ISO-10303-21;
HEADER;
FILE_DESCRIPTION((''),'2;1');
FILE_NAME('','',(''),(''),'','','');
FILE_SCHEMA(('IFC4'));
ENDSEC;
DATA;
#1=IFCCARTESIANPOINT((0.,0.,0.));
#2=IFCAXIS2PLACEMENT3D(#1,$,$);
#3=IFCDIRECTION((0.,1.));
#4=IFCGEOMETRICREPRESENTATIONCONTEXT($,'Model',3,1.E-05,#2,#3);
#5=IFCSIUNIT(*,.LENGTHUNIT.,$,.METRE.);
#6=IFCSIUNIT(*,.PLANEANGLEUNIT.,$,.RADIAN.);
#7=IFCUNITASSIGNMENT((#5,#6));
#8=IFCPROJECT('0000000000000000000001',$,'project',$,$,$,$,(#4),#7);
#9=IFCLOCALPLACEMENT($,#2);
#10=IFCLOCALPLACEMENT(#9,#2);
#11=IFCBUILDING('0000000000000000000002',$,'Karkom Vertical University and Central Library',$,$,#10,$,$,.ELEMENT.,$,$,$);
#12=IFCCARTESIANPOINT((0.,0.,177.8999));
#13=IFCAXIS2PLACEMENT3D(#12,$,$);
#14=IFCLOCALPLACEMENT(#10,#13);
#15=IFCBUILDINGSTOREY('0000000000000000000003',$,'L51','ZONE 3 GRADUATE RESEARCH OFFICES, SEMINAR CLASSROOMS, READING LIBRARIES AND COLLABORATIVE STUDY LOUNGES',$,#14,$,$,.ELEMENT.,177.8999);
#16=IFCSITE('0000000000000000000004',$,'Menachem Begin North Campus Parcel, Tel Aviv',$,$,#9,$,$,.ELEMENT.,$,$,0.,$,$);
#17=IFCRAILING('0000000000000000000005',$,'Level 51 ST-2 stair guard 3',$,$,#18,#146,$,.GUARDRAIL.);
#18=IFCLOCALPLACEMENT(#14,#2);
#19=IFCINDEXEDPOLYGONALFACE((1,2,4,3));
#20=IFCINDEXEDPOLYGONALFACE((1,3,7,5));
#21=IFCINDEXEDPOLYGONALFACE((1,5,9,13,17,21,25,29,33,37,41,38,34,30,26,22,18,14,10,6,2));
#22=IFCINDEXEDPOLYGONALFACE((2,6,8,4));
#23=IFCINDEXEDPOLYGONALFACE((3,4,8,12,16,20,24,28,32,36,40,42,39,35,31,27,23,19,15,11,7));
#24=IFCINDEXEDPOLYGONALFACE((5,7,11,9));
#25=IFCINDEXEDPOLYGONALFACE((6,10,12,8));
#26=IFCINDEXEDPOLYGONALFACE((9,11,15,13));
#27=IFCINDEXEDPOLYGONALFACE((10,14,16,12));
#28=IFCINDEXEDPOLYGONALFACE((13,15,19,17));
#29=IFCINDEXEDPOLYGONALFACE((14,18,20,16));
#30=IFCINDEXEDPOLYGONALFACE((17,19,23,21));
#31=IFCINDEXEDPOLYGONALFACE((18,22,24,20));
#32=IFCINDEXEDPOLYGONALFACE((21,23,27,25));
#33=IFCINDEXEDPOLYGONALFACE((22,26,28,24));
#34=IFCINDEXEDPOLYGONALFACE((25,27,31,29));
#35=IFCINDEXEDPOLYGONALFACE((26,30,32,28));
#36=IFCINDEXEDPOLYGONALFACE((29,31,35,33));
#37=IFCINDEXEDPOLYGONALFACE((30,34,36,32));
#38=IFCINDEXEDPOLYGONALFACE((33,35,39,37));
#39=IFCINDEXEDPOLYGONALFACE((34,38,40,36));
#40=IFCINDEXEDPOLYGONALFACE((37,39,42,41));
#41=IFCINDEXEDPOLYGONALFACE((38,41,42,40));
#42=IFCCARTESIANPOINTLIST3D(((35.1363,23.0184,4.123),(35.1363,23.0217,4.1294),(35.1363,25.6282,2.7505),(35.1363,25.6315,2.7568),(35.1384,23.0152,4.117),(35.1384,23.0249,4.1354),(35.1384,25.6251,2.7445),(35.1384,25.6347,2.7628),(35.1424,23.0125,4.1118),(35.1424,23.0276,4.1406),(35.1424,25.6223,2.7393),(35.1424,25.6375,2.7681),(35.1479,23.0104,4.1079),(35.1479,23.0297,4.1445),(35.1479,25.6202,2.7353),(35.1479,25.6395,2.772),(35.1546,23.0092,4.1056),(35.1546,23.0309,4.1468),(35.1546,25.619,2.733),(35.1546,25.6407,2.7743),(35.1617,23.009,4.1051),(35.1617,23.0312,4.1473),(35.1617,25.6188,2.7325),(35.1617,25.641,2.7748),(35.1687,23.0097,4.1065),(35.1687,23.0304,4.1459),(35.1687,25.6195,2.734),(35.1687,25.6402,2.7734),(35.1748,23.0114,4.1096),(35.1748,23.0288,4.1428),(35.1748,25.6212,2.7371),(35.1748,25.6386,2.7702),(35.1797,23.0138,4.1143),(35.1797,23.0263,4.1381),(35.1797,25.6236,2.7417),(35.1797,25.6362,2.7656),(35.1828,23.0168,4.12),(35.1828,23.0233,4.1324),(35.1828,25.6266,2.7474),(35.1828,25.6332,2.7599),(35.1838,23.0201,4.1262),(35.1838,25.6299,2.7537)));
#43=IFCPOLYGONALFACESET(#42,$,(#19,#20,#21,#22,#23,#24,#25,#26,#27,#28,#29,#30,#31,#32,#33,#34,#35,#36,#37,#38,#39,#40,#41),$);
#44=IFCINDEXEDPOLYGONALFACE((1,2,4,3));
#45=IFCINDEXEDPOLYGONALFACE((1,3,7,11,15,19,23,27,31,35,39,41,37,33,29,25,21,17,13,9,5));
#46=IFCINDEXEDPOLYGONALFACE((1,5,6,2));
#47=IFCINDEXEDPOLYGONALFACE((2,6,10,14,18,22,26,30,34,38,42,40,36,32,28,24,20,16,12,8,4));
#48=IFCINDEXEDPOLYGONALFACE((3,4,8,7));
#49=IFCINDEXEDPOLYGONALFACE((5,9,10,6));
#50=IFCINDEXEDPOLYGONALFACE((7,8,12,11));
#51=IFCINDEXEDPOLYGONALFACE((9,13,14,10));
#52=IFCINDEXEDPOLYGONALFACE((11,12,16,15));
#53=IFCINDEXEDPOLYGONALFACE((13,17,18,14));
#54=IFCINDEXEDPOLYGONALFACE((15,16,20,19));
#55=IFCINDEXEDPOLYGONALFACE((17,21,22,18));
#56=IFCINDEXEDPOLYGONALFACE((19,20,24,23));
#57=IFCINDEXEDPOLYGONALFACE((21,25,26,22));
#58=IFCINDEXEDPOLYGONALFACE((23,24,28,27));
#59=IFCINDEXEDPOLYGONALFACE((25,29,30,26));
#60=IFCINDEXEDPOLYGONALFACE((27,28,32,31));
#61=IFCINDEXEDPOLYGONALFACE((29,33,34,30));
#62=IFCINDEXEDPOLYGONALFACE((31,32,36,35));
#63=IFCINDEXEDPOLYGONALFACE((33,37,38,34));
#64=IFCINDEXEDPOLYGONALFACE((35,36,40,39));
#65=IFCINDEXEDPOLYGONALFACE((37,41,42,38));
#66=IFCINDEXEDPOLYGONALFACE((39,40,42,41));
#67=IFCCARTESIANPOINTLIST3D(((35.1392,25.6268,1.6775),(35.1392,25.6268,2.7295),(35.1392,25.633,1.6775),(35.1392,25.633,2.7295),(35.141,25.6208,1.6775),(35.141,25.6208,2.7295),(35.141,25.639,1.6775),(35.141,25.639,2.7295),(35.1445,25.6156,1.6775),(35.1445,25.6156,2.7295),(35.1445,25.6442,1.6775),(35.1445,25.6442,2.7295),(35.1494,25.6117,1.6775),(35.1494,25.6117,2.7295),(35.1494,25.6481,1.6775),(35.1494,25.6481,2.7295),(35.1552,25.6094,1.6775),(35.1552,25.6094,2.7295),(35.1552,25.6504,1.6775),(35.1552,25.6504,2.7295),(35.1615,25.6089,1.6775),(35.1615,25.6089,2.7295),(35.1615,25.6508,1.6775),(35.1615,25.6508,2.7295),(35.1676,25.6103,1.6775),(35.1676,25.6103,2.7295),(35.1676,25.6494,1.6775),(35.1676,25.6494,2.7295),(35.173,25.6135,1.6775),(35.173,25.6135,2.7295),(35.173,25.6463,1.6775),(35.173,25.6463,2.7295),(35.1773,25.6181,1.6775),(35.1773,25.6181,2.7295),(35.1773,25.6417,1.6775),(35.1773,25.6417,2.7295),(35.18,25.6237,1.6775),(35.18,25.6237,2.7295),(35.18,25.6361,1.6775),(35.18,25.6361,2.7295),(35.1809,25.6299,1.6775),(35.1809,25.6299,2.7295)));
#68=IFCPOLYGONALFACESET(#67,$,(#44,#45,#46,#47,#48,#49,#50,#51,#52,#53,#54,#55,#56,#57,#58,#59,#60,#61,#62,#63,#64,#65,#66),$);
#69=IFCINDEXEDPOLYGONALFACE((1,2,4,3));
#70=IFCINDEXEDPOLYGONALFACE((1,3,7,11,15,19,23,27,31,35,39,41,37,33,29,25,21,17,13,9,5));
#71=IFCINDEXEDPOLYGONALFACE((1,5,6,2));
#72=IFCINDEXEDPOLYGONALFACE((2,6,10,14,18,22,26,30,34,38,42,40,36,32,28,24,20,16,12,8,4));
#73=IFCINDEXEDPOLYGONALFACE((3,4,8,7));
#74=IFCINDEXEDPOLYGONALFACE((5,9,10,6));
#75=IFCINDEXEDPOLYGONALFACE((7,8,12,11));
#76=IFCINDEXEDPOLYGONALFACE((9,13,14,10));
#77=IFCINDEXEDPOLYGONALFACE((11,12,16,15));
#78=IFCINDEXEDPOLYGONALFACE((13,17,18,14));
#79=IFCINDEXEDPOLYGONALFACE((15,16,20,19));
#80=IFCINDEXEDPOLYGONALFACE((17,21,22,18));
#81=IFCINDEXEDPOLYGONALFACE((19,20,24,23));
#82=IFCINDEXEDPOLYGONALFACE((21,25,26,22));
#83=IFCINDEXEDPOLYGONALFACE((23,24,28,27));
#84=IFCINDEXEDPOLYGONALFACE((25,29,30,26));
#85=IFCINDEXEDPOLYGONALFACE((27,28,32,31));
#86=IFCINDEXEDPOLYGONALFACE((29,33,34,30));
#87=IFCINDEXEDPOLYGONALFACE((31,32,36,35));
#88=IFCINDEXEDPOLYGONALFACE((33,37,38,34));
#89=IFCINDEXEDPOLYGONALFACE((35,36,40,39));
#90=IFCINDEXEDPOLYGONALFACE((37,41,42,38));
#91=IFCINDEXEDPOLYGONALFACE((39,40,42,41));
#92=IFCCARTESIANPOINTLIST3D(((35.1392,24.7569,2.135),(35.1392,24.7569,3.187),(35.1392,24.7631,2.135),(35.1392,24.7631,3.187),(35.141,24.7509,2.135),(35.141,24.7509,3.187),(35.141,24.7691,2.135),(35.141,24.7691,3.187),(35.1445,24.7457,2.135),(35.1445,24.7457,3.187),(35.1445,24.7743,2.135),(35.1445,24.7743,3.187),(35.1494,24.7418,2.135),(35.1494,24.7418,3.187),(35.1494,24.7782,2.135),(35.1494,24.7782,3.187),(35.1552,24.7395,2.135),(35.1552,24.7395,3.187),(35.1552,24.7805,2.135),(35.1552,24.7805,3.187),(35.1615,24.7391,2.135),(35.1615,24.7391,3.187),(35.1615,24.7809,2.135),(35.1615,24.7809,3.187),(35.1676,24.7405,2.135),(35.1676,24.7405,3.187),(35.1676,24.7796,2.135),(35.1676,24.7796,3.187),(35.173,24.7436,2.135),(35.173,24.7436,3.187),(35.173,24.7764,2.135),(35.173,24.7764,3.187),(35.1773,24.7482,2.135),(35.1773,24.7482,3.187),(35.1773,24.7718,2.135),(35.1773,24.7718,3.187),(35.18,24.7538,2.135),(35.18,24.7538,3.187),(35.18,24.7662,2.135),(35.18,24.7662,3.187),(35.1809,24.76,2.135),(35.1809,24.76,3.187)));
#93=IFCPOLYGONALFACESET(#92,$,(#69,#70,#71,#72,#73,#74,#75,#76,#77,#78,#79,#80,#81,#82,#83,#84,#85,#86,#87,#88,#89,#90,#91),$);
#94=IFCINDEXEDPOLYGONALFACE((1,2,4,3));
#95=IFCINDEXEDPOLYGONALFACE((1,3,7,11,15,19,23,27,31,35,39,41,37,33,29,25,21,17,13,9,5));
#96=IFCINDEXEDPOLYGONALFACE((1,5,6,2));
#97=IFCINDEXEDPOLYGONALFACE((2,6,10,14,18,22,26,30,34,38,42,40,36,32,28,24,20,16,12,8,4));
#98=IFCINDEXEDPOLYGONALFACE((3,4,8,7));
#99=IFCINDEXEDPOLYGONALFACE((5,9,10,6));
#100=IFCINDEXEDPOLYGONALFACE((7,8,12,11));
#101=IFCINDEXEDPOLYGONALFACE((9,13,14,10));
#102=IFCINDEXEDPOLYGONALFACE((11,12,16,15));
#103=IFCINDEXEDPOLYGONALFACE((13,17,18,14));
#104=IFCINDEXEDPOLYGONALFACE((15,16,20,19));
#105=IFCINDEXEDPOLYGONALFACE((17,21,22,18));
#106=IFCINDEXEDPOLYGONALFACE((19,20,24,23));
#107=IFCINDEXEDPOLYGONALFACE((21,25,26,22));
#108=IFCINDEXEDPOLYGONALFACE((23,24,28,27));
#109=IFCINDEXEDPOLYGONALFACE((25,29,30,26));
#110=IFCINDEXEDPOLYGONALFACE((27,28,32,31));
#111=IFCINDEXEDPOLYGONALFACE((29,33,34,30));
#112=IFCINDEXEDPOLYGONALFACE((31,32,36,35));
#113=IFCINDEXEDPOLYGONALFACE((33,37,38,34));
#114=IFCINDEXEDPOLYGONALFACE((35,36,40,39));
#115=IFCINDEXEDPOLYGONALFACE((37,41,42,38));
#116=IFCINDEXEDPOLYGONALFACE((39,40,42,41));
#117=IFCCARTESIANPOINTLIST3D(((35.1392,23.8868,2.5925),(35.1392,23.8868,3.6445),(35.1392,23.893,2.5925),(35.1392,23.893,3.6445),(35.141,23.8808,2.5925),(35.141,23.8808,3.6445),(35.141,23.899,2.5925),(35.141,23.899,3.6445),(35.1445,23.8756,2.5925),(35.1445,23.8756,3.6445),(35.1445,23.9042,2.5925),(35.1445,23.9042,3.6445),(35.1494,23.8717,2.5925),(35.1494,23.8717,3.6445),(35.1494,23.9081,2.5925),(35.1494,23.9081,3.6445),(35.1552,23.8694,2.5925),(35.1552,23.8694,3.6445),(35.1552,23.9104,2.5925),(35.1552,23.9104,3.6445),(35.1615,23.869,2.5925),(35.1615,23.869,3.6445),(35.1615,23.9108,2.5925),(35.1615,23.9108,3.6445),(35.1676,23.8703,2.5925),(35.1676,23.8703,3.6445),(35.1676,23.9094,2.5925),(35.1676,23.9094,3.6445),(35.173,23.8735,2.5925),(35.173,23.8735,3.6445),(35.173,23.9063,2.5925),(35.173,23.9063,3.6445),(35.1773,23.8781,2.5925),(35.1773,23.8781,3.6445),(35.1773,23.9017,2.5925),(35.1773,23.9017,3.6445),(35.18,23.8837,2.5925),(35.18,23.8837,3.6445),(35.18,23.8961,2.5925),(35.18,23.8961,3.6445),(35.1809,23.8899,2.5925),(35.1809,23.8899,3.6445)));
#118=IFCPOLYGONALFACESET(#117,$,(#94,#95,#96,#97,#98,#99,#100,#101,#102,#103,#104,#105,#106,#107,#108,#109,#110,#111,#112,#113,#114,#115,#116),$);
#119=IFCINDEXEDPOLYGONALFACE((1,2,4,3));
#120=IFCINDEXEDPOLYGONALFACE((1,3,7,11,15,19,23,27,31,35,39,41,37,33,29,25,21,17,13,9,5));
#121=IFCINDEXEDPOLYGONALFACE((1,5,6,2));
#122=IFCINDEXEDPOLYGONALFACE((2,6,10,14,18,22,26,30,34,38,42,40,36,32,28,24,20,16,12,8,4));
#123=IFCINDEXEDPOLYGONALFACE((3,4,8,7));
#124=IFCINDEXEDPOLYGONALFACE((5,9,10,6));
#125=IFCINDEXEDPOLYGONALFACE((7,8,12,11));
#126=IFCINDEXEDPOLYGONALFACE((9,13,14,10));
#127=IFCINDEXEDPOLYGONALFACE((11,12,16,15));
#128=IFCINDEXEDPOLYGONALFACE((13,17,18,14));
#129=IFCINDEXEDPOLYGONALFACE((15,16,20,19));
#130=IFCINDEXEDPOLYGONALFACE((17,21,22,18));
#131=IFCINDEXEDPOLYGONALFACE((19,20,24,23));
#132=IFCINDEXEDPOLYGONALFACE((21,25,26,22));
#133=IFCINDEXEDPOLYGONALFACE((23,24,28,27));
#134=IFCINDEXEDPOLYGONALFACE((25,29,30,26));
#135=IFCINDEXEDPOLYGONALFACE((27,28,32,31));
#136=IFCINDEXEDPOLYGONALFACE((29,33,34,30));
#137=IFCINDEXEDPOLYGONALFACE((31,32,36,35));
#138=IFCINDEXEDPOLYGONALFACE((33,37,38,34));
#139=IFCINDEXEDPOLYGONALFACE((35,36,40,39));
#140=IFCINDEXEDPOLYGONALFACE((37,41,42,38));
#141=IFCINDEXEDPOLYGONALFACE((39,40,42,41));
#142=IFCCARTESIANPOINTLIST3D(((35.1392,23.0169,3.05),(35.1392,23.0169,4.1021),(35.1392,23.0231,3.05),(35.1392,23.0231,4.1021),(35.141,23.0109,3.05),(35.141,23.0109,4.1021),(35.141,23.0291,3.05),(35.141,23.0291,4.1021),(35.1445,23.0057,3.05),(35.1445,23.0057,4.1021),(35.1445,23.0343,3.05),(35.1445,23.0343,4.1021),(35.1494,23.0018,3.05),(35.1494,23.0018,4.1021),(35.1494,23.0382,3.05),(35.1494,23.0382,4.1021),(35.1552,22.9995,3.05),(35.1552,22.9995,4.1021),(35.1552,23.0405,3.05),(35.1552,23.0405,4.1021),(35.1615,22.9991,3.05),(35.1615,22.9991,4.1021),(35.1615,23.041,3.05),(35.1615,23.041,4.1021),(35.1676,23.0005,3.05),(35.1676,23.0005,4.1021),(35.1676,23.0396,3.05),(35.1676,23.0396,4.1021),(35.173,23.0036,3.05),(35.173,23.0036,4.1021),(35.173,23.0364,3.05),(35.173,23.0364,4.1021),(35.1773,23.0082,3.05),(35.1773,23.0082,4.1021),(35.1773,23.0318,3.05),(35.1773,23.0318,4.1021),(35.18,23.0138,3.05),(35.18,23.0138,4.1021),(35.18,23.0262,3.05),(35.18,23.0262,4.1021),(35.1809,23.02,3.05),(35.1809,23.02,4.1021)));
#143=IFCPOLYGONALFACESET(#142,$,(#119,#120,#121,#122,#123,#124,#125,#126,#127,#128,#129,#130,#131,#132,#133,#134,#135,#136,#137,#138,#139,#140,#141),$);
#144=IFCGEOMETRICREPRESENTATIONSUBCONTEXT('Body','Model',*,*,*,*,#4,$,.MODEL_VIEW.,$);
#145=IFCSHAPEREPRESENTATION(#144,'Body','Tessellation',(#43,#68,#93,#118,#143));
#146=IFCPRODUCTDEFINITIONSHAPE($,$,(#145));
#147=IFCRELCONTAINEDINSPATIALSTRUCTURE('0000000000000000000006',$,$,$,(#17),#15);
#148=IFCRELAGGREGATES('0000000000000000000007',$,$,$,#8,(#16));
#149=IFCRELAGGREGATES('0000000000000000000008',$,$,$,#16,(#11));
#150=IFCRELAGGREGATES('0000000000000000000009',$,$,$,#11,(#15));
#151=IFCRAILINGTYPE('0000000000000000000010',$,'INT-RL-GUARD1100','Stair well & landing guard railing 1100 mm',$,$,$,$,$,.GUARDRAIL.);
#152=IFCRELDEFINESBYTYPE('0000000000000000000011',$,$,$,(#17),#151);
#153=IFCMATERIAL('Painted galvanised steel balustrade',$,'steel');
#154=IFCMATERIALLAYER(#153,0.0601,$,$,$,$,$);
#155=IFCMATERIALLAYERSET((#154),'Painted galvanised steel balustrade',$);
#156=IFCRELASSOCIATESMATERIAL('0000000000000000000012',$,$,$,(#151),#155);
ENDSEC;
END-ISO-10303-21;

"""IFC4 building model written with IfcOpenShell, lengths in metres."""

from ifc_helpers import new_model, si_unit, direction, frame, origin, origin_2d, place, context, subcontext, project, spatial, circle, extrude, material, layer, layer_set, type_object, element, save


model = new_model("IFC4")

# Units and contexts
model_context = context("Model", 3, precision=1e-05, world=origin(), true_north=direction((0.0, 1.0)))
body_context = subcontext(model_context, "Body", "Model", "MODEL_VIEW")
ifc_project = project(units=[si_unit("LENGTHUNIT", "METRE"), si_unit("PLANEANGLEUNIT", "RADIAN")], contexts=[model_context])

# Site, building, storey
site_placement = place(None, origin())
site = spatial("IfcSite", under=ifc_project, at=site_placement, Name="Menachem Begin North Campus Parcel, Tel Aviv", CompositionType="ELEMENT", RefElevation=0.0)
building_placement = place(site_placement, origin())
building = spatial("IfcBuilding", under=site, at=building_placement, Name="Karkom Vertical University and Central Library", CompositionType="ELEMENT")
storey_placement = place(building_placement, frame((0.0, 0.0, 177.8999)))
storey = spatial("IfcBuildingStorey", under=building, at=storey_placement, Name="L51", Description="ZONE 3 GRADUATE RESEARCH OFFICES, SEMINAR CLASSROOMS, READING LIBRARIES AND COLLABORATIVE STUDY LOUNGES", CompositionType="ELEMENT", Elevation=177.8999)

# Railing
ifc_material_1 = material(Name="Painted galvanised steel balustrade", Category="steel")
ifc_layer_1 = layer(ifc_material_1, 0.0601)
ifc_layer_set_1 = layer_set([ifc_layer_1], Name="Painted galvanised steel balustrade")
railing_type_1 = type_object("IfcRailingType", Name="INT-RL-GUARD1100", Description="Stair well & landing guard railing 1100 mm", PredefinedType="GUARDRAIL", material=ifc_layer_set_1)
railing_1_placement = place(storey_placement, frame((35.1599, 25.6299, 1.6775)))
element("IfcRailing", 1, at=railing_1_placement, inside=storey, type_object=railing_type_1, Name="Level 51 ST-2 stair guard 3", PredefinedType="GUARDRAIL", context=body_context, shape_type="SweptSolid", body=[
    extrude(circle(Radius=0.0239, at=origin_2d()), frame((0.0, 0.0, 1.0762), z_axis=(0.0, -0.885065, 0.465467), x_axis=(1.0, 0.0, 0.0)), (0.0, 0.0, 1.0), 2.9487),
    extrude(circle(Radius=0.021, at=origin_2d()), origin(), (0.0, 0.0, 1.0), 1.052),
    extrude(circle(Radius=0.021, at=origin_2d()), frame((0.0, -0.8699, 0.4575)), (0.0, 0.0, 1.0), 1.052),
    extrude(circle(Radius=0.021, at=origin_2d()), frame((0.0, -1.74, 0.915)), (0.0, 0.0, 1.0), 1.052),
    extrude(circle(Radius=0.021, at=origin_2d()), frame((0.0, -2.6099, 1.3726)), (0.0, 0.0, 1.0), 1.052),
])

save(model, "model.ifc")
